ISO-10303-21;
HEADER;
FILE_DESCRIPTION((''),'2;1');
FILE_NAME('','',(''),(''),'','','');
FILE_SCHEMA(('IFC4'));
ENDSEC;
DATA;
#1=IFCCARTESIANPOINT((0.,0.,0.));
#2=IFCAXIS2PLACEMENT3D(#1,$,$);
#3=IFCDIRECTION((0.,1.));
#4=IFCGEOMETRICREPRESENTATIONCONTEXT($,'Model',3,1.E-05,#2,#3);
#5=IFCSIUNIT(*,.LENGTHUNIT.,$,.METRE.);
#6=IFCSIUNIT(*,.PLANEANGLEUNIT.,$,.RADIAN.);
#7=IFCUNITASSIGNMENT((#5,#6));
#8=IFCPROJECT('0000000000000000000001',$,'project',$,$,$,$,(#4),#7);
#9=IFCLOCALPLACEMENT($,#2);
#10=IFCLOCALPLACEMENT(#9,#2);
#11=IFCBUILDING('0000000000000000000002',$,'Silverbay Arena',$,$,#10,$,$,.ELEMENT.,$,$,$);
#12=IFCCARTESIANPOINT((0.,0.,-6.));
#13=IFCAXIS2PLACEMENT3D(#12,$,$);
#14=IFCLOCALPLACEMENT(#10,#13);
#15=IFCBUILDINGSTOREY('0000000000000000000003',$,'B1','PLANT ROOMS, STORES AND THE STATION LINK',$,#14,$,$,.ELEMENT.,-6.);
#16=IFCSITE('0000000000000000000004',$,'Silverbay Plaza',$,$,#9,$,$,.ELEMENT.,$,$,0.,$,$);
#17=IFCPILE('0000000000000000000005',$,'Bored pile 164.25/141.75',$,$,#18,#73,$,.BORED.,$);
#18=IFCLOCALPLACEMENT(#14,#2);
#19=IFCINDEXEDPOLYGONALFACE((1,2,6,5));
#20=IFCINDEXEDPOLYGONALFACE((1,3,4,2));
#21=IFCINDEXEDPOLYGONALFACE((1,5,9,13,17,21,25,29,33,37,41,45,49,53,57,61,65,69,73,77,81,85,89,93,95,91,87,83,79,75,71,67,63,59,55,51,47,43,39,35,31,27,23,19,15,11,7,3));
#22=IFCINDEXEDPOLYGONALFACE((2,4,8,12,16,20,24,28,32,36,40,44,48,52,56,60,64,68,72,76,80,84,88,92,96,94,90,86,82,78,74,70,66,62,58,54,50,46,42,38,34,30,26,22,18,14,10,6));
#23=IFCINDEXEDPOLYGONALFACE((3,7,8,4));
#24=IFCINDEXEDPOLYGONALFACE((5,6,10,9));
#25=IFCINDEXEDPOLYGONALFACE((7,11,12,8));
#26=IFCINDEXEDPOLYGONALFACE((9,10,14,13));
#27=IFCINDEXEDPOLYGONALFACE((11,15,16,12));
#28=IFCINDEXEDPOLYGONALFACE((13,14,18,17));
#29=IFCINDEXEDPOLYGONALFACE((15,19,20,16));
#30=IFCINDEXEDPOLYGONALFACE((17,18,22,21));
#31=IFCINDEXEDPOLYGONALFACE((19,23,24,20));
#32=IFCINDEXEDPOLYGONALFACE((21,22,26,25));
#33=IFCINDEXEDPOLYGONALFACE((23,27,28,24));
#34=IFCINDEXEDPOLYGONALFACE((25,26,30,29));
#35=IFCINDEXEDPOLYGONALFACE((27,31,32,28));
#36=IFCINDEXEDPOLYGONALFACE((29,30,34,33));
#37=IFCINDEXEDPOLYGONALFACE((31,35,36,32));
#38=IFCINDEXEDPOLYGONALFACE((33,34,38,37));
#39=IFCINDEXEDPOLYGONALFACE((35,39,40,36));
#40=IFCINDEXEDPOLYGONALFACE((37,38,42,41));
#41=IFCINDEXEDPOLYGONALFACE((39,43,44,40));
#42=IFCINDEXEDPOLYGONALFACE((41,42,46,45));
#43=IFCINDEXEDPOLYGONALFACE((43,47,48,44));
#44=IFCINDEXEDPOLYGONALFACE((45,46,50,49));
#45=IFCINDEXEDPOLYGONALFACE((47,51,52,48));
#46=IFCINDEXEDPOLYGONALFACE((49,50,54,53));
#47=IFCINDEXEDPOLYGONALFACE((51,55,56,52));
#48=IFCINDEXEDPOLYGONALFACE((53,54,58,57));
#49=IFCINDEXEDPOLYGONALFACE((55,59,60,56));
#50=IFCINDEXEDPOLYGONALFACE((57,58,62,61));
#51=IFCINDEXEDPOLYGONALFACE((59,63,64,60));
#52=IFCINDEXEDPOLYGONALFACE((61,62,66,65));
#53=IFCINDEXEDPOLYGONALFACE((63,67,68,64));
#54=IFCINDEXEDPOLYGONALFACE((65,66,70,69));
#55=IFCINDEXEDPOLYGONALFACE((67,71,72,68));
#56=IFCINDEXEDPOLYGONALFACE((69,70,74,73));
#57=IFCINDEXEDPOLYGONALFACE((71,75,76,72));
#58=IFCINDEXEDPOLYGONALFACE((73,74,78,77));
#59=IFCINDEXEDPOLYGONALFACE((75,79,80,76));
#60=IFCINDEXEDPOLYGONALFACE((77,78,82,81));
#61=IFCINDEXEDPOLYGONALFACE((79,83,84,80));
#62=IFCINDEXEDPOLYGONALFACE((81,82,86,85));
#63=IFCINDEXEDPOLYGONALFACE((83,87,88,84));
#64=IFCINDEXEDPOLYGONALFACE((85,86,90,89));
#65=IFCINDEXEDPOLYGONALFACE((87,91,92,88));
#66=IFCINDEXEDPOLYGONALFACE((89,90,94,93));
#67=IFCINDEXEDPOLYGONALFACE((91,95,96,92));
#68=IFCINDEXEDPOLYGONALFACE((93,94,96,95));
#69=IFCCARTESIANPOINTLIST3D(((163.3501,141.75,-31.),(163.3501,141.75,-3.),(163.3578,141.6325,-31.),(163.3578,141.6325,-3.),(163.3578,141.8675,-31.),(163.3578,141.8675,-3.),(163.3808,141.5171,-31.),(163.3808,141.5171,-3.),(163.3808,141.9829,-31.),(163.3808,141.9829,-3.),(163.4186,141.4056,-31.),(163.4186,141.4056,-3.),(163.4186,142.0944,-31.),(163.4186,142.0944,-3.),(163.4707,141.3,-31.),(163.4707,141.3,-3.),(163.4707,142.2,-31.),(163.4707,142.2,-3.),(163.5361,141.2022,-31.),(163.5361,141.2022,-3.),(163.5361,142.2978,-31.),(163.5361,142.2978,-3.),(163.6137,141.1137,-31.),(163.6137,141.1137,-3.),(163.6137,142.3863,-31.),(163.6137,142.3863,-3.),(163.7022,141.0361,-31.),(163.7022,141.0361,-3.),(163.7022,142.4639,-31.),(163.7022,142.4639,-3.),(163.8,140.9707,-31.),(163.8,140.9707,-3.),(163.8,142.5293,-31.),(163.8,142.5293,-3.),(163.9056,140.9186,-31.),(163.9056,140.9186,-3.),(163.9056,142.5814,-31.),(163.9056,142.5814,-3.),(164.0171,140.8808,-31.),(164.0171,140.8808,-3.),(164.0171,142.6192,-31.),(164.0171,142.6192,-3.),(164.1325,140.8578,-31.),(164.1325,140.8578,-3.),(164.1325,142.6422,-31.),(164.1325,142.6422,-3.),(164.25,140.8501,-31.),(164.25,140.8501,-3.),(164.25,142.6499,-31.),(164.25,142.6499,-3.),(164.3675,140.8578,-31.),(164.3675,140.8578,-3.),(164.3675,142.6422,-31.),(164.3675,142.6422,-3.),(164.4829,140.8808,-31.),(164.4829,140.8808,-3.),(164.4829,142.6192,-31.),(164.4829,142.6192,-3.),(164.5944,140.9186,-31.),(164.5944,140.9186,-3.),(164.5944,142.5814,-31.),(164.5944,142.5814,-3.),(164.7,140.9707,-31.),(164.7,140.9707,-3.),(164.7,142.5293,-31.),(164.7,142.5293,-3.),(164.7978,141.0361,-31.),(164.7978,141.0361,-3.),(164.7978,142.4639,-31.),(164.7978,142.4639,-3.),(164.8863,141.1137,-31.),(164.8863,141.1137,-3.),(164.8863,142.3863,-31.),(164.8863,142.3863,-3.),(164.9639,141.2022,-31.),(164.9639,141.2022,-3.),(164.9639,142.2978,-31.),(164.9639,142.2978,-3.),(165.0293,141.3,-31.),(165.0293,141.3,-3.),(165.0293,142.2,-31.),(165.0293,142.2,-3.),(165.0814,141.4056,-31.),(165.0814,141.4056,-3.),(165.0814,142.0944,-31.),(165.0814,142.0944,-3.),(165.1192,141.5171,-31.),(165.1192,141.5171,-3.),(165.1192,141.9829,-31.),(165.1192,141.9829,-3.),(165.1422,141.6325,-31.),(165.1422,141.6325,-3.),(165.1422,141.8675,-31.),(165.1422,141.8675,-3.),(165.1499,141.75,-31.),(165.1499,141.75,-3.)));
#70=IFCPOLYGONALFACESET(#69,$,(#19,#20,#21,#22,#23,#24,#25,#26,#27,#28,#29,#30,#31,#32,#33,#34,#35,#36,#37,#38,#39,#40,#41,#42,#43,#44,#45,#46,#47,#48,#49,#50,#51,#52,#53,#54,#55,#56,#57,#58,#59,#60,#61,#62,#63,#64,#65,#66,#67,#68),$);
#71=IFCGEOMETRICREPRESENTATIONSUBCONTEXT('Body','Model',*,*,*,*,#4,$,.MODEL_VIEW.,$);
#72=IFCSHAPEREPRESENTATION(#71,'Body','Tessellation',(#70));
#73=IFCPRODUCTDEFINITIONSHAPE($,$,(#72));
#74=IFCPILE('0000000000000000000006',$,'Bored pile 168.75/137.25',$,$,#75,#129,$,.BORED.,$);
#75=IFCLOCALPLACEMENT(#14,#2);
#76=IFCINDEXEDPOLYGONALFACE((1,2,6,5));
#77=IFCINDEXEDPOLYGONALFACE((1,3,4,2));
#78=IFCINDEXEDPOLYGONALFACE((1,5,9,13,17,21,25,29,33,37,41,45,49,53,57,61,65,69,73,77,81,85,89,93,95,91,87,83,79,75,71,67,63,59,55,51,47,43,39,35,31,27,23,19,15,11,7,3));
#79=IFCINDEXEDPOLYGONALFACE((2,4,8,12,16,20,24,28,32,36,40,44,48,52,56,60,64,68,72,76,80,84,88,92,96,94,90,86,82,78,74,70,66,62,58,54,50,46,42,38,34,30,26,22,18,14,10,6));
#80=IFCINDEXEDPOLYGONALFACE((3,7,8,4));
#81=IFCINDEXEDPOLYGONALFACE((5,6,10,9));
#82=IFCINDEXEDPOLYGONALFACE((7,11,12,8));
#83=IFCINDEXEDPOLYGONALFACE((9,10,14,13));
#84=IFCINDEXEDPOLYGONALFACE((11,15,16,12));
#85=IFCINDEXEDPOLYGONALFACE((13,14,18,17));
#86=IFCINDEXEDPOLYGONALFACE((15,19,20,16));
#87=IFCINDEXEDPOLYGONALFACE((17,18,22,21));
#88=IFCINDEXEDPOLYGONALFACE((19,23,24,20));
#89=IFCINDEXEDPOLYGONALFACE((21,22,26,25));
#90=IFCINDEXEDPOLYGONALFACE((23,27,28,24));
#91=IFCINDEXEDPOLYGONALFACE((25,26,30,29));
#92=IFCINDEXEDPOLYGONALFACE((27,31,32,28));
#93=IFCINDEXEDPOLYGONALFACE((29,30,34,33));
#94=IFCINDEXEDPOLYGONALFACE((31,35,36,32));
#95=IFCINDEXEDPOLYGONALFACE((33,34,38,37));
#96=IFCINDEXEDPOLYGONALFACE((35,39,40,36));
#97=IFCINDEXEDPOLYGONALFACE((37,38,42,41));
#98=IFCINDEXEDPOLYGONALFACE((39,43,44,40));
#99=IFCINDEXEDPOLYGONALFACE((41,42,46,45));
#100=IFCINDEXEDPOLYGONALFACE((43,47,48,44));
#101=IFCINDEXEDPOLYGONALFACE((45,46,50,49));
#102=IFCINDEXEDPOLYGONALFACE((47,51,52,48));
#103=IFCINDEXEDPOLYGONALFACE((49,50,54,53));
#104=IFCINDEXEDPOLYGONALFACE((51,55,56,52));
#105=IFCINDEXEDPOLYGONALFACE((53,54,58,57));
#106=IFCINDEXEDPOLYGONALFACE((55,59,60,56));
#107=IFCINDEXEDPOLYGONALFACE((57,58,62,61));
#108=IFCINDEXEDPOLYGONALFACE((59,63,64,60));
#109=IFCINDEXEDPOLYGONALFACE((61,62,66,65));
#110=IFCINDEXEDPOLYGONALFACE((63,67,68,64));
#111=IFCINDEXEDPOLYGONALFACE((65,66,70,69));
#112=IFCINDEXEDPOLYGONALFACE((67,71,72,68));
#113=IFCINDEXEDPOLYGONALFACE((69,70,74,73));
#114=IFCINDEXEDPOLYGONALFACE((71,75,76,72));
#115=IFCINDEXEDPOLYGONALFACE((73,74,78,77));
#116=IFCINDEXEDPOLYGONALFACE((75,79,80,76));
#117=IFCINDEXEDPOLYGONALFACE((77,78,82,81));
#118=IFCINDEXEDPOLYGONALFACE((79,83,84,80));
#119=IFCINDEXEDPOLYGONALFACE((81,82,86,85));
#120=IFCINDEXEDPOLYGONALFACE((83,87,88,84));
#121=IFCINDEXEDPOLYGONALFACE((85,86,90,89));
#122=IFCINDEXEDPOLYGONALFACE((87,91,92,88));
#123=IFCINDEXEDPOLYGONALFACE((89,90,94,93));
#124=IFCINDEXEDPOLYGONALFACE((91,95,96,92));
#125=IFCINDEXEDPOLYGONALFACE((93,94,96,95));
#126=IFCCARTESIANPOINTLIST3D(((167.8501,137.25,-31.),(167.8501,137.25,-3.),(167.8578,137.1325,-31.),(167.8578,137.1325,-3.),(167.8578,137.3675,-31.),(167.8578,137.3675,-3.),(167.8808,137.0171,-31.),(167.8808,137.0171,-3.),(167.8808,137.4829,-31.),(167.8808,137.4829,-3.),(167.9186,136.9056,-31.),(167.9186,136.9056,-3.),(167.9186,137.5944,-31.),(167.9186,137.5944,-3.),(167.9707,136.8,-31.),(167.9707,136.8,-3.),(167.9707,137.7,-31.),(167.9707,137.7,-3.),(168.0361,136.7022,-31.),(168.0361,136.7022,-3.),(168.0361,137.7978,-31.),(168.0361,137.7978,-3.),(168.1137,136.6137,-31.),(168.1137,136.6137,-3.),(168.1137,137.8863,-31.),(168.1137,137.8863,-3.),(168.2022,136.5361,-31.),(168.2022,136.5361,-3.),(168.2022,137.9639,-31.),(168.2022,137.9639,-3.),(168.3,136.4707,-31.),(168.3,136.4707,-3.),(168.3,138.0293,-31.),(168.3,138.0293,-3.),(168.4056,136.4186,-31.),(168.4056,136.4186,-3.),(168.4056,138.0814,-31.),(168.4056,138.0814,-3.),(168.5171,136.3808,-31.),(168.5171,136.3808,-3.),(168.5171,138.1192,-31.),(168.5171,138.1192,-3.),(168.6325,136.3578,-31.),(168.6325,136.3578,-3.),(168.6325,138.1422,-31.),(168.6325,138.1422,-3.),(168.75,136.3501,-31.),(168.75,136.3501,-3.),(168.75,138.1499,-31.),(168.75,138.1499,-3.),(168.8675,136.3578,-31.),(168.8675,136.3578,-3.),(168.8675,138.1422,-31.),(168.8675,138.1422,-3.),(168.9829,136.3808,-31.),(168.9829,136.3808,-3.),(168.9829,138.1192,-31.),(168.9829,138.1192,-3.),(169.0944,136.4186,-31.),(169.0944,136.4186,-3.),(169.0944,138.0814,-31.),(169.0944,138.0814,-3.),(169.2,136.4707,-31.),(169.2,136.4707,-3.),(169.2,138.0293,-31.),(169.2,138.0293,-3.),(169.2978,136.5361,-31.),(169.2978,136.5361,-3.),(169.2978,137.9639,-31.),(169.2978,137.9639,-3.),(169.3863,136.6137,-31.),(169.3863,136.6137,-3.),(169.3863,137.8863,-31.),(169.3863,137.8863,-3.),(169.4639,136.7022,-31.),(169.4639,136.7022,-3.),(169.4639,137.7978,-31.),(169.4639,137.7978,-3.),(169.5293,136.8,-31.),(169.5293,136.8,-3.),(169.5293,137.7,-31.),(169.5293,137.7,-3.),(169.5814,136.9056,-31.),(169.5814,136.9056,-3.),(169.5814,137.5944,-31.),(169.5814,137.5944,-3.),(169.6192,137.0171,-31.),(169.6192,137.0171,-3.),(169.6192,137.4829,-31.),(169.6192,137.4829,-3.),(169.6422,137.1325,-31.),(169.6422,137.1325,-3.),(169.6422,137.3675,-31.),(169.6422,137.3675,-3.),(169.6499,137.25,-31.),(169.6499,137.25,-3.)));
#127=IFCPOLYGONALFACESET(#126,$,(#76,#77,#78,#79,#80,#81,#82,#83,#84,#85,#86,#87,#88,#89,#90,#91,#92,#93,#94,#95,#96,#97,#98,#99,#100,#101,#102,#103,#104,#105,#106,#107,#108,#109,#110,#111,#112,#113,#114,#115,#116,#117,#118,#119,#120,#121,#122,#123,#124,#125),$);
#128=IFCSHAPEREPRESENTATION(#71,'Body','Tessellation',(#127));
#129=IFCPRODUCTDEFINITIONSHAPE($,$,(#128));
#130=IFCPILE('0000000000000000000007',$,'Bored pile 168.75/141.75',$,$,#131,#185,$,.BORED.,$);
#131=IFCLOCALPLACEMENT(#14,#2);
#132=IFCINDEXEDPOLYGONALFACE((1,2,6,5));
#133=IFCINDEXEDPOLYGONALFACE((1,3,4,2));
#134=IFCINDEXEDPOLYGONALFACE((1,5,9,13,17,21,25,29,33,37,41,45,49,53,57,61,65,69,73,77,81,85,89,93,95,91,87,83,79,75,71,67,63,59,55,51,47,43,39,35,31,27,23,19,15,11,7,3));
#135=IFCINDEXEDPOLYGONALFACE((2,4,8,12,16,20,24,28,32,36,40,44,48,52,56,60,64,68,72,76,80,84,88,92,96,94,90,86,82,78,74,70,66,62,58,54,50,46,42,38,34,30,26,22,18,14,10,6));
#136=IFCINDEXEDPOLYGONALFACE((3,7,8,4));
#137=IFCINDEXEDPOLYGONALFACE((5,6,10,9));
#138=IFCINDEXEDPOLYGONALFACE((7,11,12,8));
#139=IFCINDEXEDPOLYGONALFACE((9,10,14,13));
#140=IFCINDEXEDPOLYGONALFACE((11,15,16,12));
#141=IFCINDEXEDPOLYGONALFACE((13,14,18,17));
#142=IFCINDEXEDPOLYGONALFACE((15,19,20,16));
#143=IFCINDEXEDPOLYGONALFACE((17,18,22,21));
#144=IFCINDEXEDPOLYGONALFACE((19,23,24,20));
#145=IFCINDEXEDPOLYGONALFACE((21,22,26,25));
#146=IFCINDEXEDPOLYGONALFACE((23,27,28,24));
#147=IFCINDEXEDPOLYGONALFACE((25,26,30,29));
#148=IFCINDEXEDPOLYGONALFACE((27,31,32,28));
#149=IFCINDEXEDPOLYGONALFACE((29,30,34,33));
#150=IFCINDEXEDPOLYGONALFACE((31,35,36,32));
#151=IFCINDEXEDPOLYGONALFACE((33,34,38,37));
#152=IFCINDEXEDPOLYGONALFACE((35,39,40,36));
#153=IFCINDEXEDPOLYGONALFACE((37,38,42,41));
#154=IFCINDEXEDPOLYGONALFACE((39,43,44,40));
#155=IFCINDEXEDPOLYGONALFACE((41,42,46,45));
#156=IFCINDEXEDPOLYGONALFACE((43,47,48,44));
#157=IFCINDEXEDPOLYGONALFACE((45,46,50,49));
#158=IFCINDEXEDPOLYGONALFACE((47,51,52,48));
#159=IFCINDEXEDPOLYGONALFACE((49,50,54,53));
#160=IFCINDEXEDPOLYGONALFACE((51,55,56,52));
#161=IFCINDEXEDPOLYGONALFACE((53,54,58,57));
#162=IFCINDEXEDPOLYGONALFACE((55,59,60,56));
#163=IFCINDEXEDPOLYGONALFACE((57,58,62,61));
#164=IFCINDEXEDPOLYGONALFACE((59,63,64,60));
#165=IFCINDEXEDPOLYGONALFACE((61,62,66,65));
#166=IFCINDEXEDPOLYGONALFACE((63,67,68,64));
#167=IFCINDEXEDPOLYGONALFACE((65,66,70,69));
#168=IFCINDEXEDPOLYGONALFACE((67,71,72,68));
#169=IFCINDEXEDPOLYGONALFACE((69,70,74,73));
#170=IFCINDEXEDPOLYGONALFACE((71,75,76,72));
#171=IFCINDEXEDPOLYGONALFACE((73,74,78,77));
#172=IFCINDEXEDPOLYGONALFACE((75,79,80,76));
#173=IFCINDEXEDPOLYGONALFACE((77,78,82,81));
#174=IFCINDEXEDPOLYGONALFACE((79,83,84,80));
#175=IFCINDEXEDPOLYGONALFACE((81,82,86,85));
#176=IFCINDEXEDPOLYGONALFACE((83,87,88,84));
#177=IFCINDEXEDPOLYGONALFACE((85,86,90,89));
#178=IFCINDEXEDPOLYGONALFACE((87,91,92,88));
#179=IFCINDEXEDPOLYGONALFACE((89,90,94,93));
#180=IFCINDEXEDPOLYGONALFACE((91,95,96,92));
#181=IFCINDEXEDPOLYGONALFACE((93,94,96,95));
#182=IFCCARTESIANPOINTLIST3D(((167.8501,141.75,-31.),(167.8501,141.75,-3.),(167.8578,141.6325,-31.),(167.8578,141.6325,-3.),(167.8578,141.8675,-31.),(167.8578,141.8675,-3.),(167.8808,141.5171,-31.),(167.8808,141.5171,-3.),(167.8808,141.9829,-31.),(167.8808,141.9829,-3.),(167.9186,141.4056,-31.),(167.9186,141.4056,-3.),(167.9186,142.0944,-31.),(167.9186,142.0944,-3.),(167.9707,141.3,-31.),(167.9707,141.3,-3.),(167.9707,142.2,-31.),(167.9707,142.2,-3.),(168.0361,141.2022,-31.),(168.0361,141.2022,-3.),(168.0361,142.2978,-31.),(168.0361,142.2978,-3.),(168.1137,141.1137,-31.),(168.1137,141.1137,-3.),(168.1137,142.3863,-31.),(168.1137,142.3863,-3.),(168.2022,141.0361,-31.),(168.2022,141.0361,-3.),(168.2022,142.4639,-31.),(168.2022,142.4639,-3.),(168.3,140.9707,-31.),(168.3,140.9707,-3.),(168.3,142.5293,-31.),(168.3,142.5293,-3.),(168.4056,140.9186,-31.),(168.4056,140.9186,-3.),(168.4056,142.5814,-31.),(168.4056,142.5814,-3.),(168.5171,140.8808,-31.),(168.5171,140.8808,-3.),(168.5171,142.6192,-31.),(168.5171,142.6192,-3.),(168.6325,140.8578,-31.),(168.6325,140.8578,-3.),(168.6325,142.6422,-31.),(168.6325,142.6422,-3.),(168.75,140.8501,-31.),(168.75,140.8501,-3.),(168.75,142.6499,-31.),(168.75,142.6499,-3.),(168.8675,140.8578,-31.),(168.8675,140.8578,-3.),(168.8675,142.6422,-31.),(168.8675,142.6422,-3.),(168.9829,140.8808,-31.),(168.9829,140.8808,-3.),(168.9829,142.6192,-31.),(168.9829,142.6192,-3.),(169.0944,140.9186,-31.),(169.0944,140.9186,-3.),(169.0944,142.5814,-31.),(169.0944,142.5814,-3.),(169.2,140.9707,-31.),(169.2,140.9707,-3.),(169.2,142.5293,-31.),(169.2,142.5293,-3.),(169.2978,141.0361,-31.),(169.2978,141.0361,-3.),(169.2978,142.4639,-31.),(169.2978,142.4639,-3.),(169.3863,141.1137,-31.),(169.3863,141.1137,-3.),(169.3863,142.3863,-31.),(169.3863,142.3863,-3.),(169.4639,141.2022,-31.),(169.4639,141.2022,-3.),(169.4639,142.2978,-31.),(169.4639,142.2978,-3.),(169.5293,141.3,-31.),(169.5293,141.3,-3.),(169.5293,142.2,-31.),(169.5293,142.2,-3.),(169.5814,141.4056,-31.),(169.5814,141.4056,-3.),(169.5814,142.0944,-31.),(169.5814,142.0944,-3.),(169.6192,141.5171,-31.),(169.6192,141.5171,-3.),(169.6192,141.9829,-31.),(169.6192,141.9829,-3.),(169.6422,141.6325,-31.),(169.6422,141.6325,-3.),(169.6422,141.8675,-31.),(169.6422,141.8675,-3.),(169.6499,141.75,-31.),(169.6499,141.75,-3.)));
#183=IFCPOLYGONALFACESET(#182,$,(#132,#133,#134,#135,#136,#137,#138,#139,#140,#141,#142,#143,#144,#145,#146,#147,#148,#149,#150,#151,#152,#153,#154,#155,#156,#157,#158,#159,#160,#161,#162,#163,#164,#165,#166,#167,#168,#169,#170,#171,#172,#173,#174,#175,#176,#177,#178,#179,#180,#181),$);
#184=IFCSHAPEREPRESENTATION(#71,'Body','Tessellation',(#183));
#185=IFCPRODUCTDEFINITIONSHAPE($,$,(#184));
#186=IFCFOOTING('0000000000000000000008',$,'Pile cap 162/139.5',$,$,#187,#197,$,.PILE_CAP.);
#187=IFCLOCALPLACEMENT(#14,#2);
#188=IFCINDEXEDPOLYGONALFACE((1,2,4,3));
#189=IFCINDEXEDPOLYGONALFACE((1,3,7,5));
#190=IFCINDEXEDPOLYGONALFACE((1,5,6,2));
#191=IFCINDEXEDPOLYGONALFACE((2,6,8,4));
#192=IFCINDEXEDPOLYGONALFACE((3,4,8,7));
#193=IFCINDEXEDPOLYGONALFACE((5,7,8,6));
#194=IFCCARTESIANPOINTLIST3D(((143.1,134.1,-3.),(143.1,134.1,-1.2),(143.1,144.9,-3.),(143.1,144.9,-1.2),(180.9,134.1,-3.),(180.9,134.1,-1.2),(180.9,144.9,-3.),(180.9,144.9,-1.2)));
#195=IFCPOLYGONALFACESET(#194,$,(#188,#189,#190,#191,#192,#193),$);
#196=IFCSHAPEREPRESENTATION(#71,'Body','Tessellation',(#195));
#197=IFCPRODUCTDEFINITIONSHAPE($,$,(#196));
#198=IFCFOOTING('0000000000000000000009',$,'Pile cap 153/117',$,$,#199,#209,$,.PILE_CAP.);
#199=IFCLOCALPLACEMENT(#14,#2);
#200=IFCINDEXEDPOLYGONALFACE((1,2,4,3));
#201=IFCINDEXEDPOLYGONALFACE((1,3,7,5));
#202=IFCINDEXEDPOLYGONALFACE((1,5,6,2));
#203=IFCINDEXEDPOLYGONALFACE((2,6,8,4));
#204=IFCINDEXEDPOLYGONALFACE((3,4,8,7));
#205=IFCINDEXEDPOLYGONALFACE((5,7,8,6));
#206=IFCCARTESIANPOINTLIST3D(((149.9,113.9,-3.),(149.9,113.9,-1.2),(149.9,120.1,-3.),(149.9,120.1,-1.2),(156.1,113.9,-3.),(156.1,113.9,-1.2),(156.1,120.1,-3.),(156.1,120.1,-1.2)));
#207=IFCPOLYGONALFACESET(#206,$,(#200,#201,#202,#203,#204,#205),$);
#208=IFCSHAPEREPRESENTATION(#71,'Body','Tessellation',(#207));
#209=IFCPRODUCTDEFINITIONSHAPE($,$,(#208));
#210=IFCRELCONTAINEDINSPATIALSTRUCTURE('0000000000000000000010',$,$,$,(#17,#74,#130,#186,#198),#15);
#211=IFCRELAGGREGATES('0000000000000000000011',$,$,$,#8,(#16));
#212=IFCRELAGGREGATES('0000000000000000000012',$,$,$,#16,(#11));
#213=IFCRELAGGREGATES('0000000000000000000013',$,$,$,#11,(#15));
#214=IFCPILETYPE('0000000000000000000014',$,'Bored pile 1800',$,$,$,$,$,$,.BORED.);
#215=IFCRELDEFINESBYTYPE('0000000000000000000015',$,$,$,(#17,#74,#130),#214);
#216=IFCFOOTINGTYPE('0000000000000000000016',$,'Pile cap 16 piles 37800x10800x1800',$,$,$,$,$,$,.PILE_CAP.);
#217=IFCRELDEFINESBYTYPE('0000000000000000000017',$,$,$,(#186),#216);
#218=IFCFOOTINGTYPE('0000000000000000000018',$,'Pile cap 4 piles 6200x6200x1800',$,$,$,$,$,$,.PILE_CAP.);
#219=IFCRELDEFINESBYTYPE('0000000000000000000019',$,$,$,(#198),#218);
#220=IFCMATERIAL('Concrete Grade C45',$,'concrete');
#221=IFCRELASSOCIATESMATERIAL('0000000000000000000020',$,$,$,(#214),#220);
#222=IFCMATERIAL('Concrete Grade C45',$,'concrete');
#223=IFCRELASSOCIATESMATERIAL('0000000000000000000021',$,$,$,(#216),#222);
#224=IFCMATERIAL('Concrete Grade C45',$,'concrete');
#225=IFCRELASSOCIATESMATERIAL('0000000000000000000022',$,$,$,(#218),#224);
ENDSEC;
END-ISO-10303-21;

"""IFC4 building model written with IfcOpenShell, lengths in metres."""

from ifc_helpers import new_model, si_unit, direction, frame, origin, origin_2d, place, context, subcontext, project, spatial, rectangle, circle, extrude, material, material_profile, profile_set, type_object, element, save


model = new_model("IFC4")

# Units and contexts
model_context = context("Model", 3, precision=1e-05, world=origin(), true_north=direction((0.0, 1.0)))
body_context = subcontext(model_context, "Body", "Model", "MODEL_VIEW")
ifc_project = project(units=[si_unit("LENGTHUNIT", "METRE"), si_unit("PLANEANGLEUNIT", "RADIAN")], contexts=[model_context])

# Site, building, storey
site_placement = place(None, origin())
site = spatial("IfcSite", under=ifc_project, at=site_placement, Name="Silverbay Plaza", CompositionType="ELEMENT", RefElevation=0.0)
building_placement = place(site_placement, origin())
building = spatial("IfcBuilding", under=site, at=building_placement, Name="Silverbay Arena", CompositionType="ELEMENT")
storey_placement = place(building_placement, frame((0.0, 0.0, -6.0)))
storey = spatial("IfcBuildingStorey", under=building, at=storey_placement, Name="B1", Description="PLANT ROOMS, STORES AND THE STATION LINK", CompositionType="ELEMENT", Elevation=-6.0)

# Piles
ifc_material_1 = material(Name="Concrete Grade C45", Category="concrete")
ifc_material_profile_1 = material_profile(ifc_material_1, circle(Radius=0.8999, at=origin_2d()), Name="Bored pile 1800")
ifc_profile_set_1 = profile_set([ifc_material_profile_1], Name="Concrete Grade C45")
pile_type_1 = type_object("IfcPileType", Name="Bored pile 1800", PredefinedType="BORED", material=ifc_profile_set_1)
for number, where, z_axis, x_axis, name in (
    (1, (164.25, 141.75, -3.0), (0.0, 0.0, -1.0), (1.0, 0.0, 0.0), "Bored pile 164.25/141.75"),
    (2, (168.75, 137.25, -3.0), (0.0, 0.0, -1.0), (1.0, 0.0, 0.0), "Bored pile 168.75/137.25"),
    (3, (168.75, 141.75, -3.0), (0.0, 0.0, -1.0), (1.0, 0.0, 0.0), "Bored pile 168.75/141.75"),
):
    element("IfcPile", number, at=place(storey_placement, frame(where, z_axis=z_axis, x_axis=x_axis)), inside=storey, type_object=pile_type_1, Name=name, PredefinedType="BORED", context=body_context, shape_type="SweptSolid", body=[
        extrude(circle(Radius=0.8999, at=origin_2d()), origin(), (0.0, 0.0, 1.0), 28.0),
    ])

# Footings
ifc_material_2 = material(Name="Concrete Grade C45", Category="concrete")
footing_type_1 = type_object("IfcFootingType", Name="Pile cap 16 piles 37800x10800x1800", PredefinedType="PILE_CAP", material=ifc_material_2)
footing_1_placement = place(storey_placement, frame((162.0, 139.5, -3.0), z_axis=(0.0, 0.0, 1.0), x_axis=(1.0, 0.0, 0.0)))
element("IfcFooting", 4, at=footing_1_placement, inside=storey, type_object=footing_type_1, Name="Pile cap 162/139.5", PredefinedType="PILE_CAP", context=body_context, shape_type="SweptSolid", body=[
    extrude(rectangle(XDim=37.8, YDim=10.8, at=origin_2d()), origin(), (0.0, 0.0, 1.0), 1.8),
])
ifc_material_3 = material(Name="Concrete Grade C45", Category="concrete")
footing_type_2 = type_object("IfcFootingType", Name="Pile cap 4 piles 6200x6200x1800", PredefinedType="PILE_CAP", material=ifc_material_3)
footing_2_placement = place(storey_placement, frame((153.0, 117.0, -3.0), z_axis=(0.0, 0.0, 1.0), x_axis=(1.0, 0.0, 0.0)))
element("IfcFooting", 5, at=footing_2_placement, inside=storey, type_object=footing_type_2, Name="Pile cap 153/117", PredefinedType="PILE_CAP", context=body_context, shape_type="SweptSolid", body=[
    extrude(rectangle(XDim=6.2, YDim=6.2, at=origin_2d()), origin(), (0.0, 0.0, 1.0), 1.8),
])

save(model, "model.ifc")
